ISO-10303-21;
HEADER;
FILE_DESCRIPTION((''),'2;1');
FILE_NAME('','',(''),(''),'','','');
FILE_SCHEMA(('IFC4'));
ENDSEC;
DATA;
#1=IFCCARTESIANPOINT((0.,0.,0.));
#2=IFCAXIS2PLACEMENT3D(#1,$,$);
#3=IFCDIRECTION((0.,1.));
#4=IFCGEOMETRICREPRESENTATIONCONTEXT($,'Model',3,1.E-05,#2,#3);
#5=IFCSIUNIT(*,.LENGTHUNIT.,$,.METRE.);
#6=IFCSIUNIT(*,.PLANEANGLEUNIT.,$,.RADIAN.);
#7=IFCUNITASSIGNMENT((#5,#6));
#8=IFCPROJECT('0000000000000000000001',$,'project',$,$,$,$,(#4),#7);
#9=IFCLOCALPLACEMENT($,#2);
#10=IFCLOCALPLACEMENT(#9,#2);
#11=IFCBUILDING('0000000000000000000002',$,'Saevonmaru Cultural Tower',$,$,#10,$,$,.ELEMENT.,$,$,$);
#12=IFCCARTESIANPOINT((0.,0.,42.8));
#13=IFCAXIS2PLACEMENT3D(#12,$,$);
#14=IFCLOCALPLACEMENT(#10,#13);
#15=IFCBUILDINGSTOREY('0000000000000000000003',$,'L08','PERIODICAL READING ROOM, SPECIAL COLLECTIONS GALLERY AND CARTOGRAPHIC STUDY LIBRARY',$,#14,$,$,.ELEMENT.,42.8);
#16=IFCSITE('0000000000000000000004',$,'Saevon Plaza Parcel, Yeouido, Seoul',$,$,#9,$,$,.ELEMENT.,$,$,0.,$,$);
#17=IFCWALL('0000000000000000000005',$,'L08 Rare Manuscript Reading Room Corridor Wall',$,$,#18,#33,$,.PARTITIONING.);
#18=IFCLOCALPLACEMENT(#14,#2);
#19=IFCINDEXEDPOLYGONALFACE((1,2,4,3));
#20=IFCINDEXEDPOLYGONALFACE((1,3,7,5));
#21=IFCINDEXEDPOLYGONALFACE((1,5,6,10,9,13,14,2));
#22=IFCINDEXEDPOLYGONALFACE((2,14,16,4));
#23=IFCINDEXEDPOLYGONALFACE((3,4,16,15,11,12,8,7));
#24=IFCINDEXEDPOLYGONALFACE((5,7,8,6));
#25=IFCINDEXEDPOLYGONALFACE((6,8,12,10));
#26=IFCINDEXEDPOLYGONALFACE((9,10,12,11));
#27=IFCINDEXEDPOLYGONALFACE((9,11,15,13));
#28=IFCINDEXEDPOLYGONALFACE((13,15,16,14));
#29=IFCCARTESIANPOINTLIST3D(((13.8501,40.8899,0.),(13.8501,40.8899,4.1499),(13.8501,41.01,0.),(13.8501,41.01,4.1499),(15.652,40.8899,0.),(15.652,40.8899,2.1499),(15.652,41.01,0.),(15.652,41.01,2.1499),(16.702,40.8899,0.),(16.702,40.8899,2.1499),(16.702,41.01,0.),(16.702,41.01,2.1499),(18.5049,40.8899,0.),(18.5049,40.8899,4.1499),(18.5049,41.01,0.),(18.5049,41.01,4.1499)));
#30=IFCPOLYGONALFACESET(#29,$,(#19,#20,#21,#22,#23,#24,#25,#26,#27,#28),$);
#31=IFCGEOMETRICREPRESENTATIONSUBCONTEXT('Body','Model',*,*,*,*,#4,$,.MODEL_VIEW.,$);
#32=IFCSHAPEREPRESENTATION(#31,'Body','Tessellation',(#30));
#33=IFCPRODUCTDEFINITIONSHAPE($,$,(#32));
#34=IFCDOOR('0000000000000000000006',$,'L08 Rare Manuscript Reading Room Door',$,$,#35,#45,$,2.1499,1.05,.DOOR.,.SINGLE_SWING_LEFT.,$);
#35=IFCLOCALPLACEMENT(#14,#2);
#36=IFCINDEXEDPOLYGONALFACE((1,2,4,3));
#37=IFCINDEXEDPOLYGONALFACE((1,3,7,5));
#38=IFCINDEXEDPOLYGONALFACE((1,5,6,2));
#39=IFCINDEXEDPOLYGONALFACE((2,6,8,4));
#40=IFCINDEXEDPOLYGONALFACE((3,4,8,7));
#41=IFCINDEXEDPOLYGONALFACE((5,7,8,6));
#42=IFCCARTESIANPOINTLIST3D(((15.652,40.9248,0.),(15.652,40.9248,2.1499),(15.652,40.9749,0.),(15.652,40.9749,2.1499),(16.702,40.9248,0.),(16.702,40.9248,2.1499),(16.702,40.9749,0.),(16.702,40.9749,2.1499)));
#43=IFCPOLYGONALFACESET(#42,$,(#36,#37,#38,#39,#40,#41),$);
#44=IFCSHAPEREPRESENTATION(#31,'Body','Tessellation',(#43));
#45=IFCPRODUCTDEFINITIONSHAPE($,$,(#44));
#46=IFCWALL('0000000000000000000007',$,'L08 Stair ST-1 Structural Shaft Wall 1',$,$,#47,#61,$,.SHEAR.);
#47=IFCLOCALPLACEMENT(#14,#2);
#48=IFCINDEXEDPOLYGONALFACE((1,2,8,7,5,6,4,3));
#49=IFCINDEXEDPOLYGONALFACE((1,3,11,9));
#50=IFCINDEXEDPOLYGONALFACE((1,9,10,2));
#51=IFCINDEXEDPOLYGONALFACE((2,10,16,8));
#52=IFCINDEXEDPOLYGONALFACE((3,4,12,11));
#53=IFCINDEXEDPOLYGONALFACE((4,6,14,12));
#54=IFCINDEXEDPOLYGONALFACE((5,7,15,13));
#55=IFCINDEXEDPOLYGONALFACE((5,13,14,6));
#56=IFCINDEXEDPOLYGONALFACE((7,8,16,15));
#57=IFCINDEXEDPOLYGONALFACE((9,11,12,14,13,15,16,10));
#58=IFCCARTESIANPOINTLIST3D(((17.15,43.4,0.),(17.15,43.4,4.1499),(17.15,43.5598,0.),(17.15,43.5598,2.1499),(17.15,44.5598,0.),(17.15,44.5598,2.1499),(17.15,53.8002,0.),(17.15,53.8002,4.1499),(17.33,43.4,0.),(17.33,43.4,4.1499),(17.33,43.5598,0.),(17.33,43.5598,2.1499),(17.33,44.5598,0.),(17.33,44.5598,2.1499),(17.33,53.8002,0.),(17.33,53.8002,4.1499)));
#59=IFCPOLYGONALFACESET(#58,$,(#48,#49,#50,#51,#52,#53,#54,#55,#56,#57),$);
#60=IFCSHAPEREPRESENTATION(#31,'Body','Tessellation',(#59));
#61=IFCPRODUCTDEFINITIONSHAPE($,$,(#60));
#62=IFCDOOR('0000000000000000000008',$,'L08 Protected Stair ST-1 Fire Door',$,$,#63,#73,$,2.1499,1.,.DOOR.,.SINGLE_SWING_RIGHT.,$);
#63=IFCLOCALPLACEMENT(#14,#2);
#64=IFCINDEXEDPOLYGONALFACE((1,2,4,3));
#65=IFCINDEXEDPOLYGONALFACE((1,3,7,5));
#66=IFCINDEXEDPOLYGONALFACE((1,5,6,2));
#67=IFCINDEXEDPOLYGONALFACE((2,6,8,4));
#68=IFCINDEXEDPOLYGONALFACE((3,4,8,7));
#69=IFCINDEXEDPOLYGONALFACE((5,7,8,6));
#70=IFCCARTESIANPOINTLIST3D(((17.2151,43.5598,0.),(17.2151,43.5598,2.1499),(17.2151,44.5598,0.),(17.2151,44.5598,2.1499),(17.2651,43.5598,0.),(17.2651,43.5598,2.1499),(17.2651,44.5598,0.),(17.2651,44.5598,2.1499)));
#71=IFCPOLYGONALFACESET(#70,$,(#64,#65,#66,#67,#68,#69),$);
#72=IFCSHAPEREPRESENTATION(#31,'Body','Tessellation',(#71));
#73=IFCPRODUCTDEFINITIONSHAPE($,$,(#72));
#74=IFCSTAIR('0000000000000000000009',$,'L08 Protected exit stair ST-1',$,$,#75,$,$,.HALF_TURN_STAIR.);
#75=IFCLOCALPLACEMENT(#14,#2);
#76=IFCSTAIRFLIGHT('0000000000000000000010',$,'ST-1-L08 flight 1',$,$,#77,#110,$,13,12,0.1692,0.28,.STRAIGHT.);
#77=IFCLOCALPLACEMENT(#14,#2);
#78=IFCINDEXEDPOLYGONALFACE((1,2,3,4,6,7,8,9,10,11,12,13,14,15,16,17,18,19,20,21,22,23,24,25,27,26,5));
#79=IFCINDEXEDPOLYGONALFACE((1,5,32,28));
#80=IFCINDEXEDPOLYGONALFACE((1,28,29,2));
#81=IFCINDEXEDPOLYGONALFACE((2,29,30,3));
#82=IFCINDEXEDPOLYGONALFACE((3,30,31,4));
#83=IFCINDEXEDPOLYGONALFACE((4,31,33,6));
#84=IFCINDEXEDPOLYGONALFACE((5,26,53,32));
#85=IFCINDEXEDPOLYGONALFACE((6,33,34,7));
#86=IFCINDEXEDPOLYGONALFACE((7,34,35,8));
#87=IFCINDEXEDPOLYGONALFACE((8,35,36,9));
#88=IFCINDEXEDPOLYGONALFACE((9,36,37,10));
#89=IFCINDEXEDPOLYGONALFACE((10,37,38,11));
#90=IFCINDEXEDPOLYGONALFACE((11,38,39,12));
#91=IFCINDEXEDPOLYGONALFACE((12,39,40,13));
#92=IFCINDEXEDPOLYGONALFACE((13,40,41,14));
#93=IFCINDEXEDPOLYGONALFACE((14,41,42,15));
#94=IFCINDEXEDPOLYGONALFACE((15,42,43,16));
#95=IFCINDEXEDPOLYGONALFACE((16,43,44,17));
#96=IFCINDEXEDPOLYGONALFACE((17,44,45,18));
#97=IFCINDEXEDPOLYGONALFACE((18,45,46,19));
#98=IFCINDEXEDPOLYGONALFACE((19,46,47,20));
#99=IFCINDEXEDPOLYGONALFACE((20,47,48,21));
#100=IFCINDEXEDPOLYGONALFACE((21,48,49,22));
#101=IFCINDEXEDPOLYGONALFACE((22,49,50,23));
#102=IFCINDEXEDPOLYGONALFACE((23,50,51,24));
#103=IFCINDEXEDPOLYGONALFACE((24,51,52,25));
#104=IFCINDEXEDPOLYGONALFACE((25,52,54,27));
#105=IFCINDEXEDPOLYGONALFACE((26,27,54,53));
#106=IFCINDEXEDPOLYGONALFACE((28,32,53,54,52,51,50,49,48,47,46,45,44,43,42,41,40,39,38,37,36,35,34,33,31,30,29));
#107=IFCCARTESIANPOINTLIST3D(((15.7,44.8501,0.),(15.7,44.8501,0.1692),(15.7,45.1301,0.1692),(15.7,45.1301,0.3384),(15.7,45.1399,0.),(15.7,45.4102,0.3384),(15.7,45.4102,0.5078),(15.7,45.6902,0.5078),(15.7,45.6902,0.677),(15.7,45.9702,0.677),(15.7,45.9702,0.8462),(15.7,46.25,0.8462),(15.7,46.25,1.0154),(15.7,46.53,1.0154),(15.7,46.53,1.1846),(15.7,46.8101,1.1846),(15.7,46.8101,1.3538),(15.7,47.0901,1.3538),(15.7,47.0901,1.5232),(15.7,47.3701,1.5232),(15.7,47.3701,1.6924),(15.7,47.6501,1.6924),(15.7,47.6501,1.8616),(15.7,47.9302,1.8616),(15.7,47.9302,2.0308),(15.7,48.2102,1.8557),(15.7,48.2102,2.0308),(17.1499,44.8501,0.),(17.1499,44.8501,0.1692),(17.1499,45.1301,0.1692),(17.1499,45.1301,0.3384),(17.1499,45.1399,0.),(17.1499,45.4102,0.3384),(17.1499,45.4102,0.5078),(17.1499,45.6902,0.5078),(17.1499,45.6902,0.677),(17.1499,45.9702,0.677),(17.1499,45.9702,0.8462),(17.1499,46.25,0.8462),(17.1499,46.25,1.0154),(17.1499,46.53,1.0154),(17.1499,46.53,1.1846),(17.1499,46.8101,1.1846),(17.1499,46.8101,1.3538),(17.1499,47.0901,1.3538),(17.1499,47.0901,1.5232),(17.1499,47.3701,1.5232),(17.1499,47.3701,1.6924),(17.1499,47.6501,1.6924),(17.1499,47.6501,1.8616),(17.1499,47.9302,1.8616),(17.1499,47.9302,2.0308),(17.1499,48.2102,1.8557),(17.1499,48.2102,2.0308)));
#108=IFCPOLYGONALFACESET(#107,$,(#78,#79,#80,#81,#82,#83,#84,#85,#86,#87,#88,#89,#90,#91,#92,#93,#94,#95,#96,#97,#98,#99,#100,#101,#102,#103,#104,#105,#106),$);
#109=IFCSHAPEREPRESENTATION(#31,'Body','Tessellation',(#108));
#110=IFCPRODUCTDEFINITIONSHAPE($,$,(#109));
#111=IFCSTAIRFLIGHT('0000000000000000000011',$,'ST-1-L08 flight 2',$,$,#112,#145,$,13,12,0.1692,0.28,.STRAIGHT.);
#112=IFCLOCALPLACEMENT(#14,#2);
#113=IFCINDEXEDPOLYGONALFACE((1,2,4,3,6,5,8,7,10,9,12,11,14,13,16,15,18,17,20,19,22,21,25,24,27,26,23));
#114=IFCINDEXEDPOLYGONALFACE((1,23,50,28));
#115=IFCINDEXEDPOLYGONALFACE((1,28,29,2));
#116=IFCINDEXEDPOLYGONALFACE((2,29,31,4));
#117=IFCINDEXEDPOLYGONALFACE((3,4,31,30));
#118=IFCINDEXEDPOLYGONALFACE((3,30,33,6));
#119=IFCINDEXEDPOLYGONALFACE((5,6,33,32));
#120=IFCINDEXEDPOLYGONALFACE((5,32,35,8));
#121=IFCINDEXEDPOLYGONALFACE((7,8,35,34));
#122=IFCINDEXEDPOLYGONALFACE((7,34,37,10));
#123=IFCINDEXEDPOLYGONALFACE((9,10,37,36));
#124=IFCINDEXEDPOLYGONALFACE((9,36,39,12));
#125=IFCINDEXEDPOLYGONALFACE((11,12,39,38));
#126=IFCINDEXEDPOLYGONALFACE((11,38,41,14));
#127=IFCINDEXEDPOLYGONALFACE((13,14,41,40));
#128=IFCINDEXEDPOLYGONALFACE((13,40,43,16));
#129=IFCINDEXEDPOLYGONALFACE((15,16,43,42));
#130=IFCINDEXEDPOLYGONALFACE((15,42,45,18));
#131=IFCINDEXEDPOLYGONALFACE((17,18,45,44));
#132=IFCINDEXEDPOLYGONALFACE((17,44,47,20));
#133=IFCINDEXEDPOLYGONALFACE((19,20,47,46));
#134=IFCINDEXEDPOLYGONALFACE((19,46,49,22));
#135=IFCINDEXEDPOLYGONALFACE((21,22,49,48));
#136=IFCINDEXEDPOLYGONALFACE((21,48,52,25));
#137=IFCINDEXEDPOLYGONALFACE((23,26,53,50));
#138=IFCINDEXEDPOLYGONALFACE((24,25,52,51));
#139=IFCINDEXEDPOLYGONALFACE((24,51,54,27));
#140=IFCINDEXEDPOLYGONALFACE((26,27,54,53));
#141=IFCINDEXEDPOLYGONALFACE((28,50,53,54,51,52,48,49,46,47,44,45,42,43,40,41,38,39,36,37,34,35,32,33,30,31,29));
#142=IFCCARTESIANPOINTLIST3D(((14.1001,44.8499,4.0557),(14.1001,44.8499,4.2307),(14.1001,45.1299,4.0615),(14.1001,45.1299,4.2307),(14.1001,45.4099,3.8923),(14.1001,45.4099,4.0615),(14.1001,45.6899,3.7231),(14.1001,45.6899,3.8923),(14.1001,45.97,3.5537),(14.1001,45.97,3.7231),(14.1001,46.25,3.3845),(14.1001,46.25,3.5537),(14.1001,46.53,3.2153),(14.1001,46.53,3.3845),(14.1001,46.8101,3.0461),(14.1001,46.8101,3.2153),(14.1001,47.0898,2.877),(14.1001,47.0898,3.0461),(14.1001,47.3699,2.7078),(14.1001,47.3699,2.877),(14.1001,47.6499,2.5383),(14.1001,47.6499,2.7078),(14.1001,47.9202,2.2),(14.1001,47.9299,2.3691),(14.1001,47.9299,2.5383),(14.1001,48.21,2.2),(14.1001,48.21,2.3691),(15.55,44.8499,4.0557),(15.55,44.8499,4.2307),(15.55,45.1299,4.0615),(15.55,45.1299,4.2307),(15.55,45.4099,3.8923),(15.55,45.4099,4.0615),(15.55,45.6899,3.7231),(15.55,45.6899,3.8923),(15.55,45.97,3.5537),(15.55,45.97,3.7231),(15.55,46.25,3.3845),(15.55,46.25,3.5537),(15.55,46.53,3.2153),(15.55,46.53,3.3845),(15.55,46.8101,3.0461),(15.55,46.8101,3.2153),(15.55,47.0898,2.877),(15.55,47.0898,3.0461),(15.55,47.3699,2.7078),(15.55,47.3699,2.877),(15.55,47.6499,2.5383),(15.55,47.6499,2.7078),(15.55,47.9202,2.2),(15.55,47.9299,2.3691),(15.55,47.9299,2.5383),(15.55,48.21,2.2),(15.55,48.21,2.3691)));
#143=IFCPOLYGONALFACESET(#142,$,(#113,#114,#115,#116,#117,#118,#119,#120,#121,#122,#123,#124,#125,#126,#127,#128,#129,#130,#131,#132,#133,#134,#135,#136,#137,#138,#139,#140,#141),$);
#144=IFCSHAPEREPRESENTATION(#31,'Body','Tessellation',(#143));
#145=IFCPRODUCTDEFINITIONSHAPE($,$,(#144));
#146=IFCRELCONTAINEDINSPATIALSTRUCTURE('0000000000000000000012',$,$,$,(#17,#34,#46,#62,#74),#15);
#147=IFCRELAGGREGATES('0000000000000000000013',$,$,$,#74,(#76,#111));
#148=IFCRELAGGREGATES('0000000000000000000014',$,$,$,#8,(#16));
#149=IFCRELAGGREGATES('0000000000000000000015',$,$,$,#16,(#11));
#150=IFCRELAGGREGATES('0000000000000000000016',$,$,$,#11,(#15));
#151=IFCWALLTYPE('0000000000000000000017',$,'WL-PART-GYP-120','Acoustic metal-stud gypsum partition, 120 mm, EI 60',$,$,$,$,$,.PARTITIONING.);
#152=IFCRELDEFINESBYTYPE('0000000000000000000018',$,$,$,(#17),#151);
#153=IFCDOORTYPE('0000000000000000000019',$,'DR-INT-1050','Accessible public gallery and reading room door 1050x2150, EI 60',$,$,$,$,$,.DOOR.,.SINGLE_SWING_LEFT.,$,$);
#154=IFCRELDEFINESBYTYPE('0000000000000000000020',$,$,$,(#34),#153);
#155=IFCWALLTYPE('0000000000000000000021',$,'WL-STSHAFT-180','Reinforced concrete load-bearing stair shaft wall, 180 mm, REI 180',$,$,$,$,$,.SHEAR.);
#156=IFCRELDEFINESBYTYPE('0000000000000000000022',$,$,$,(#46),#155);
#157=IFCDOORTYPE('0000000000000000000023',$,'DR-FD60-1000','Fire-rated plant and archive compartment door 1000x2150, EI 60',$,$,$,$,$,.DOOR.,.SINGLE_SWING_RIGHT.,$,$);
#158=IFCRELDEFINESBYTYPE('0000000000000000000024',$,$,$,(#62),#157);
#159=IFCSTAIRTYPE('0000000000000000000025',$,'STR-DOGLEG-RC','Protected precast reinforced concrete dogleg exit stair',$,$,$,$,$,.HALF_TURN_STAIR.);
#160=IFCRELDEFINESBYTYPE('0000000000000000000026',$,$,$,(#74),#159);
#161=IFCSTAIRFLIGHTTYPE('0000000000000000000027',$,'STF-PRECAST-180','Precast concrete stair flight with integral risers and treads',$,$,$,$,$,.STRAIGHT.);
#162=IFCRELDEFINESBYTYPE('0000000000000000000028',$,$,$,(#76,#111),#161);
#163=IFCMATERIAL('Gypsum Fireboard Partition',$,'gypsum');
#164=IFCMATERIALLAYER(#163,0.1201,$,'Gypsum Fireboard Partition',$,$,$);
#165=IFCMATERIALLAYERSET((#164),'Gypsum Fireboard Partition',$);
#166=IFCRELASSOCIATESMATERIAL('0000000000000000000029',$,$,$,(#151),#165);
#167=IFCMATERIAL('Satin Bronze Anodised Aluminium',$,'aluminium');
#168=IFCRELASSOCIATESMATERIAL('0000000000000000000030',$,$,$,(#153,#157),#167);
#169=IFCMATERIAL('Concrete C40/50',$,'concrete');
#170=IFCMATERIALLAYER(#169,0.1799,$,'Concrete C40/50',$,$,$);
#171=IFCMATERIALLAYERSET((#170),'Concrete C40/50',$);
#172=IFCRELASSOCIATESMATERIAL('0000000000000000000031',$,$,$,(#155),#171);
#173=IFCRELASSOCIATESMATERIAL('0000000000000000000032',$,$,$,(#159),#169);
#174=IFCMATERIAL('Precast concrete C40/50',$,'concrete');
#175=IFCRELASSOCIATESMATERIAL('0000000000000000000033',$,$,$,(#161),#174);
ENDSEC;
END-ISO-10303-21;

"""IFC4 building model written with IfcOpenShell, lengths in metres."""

from ifc_helpers import new_model, si_unit, direction, frame, frame_2d, origin, place, context, subcontext, project, spatial, polyline, rectangle, outline, extrude, material, layer, layer_set, type_object, element, fill, aggregate, save


model = new_model("IFC4")

# Units and contexts
model_context = context("Model", 3, precision=1e-05, world=origin(), true_north=direction((0.0, 1.0)))
body_context = subcontext(model_context, "Body", "Model", "MODEL_VIEW")
ifc_project = project(units=[si_unit("LENGTHUNIT", "METRE"), si_unit("PLANEANGLEUNIT", "RADIAN")], contexts=[model_context])

# Site, building, storey
site_placement = place(None, origin())
site = spatial("IfcSite", under=ifc_project, at=site_placement, Name="Saevon Plaza Parcel, Yeouido, Seoul", CompositionType="ELEMENT", RefElevation=0.0)
building_placement = place(site_placement, origin())
building = spatial("IfcBuilding", under=site, at=building_placement, Name="Saevonmaru Cultural Tower", CompositionType="ELEMENT")
storey_placement = place(building_placement, frame((0.0, 0.0, 42.8)))
storey = spatial("IfcBuildingStorey", under=building, at=storey_placement, Name="L08", Description="PERIODICAL READING ROOM, SPECIAL COLLECTIONS GALLERY AND CARTOGRAPHIC STUDY LIBRARY", CompositionType="ELEMENT", Elevation=42.8)

# Shared definitions
ifc_material_1 = material(Name="Satin Bronze Anodised Aluminium", Category="aluminium")

# Shared definitions
ifc_material_2 = material(Name="Gypsum Fireboard Partition", Category="gypsum")

# Shared definitions
ifc_layer_1 = layer(ifc_material_2, 0.1201, Name="Gypsum Fireboard Partition")
ifc_layer_set_1 = layer_set([ifc_layer_1], Name="Gypsum Fireboard Partition")
wall_type_1 = type_object("IfcWallType", Name="WL-PART-GYP-120", Description="Acoustic metal-stud gypsum partition, 120 mm, EI 60", PredefinedType="PARTITIONING", material=ifc_layer_set_1)

# Walls, openings, doors
wall_1_placement = place(storey_placement, frame((13.8501, 40.95, 0.0), z_axis=(0.0, 0.0, 1.0), x_axis=(1.0, 0.0, 0.0)))
wall_1 = element("IfcWall", 1, at=wall_1_placement, inside=storey, type_object=wall_type_1, Name="L08 Rare Manuscript Reading Room Corridor Wall", PredefinedType="PARTITIONING", context=body_context, shape_type="SweptSolid", body=[
    extrude(rectangle(XDim=4.6548, YDim=0.1201, at=frame_2d((2.3274, 0.0))), origin(), (0.0, 0.0, 1.0), 4.1499),
])
opening_1_placement = place(wall_1_placement, frame((1.802, 0.0, 0.0)))
opening_1 = element("IfcOpeningElement", 2, at=opening_1_placement, cuts=wall_1, PredefinedType="OPENING", context=body_context, shape_type="SweptSolid", body=[
    extrude(rectangle(XDim=1.05, YDim=2.1499, at=frame_2d((0.5249, 1.075))), frame((0.0, 0.0701, 0.0), z_axis=(0.0, -1.0, 0.0), x_axis=(1.0, 0.0, 0.0)), (0.0, 0.0, 1.0), 0.1401),
])
door_type_1 = type_object("IfcDoorType", Name="DR-INT-1050", Description="Accessible public gallery and reading room door 1050x2150, EI 60", OperationType="SINGLE_SWING_LEFT", PredefinedType="DOOR", material=ifc_material_1)
door_1_placement = place(opening_1_placement, origin())
door_1 = element("IfcDoor", 3, at=door_1_placement, inside=storey, type_object=door_type_1, Name="L08 Rare Manuscript Reading Room Door", OperationType="SINGLE_SWING_LEFT", OverallHeight=2.1499, OverallWidth=1.05, PredefinedType="DOOR", context=body_context, shape_type="SweptSolid", body=[
    extrude(rectangle(XDim=1.05, YDim=2.1499, at=frame_2d((0.5249, 1.075))), frame((0.0, 0.0249, 0.0), z_axis=(0.0, -1.0, 0.0), x_axis=(1.0, 0.0, 0.0)), (0.0, 0.0, 1.0), 0.05),
])
fill(opening_1, door_1)
ifc_material_3 = material(Name="Concrete C40/50", Category="concrete")
ifc_layer_2 = layer(ifc_material_3, 0.1799, Name="Concrete C40/50")
ifc_layer_set_2 = layer_set([ifc_layer_2], Name="Concrete C40/50")
wall_type_2 = type_object("IfcWallType", Name="WL-STSHAFT-180", Description="Reinforced concrete load-bearing stair shaft wall, 180 mm, REI 180", PredefinedType="SHEAR", material=ifc_layer_set_2)
wall_2_placement = place(storey_placement, frame((17.24, 43.3999, 0.0), z_axis=(0.0, 0.0, 1.0), x_axis=(0.0, 1.0, 0.0)))
wall_2 = element("IfcWall", 4, at=wall_2_placement, inside=storey, type_object=wall_type_2, Name="L08 Stair ST-1 Structural Shaft Wall 1", PredefinedType="SHEAR", context=body_context, shape_type="SweptSolid", body=[
    extrude(rectangle(XDim=10.4001, YDim=0.1799, at=frame_2d((5.2002, 0.0))), origin(), (0.0, 0.0, 1.0), 4.1499),
])
opening_2_placement = place(wall_2_placement, frame((0.1599, 0.0, 0.0)))
opening_2 = element("IfcOpeningElement", 5, at=opening_2_placement, cuts=wall_2, PredefinedType="OPENING", context=body_context, shape_type="SweptSolid", body=[
    extrude(rectangle(XDim=1.0, YDim=2.1499, at=frame_2d((0.5, 1.075))), frame((0.0, 0.1001, 0.0), z_axis=(0.0, -1.0, 0.0), x_axis=(1.0, 0.0, 0.0)), (0.0, 0.0, 1.0), 0.2),
])
door_type_2 = type_object("IfcDoorType", Name="DR-FD60-1000", Description="Fire-rated plant and archive compartment door 1000x2150, EI 60", OperationType="SINGLE_SWING_RIGHT", PredefinedType="DOOR", material=ifc_material_1)
door_2_placement = place(opening_2_placement, origin())
door_2 = element("IfcDoor", 6, at=door_2_placement, inside=storey, type_object=door_type_2, Name="L08 Protected Stair ST-1 Fire Door", OperationType="SINGLE_SWING_RIGHT", OverallHeight=2.1499, OverallWidth=1.0, PredefinedType="DOOR", context=body_context, shape_type="SweptSolid", body=[
    extrude(rectangle(XDim=1.0, YDim=2.1499, at=frame_2d((0.5, 1.075))), frame((0.0, 0.0249, 0.0), z_axis=(0.0, -1.0, 0.0), x_axis=(1.0, 0.0, 0.0)), (0.0, 0.0, 1.0), 0.05),
])
fill(opening_2, door_2)

# Stair, stair flights
stair_type = type_object("IfcStairType", Name="STR-DOGLEG-RC", Description="Protected precast reinforced concrete dogleg exit stair", PredefinedType="HALF_TURN_STAIR", material=ifc_material_3)
stair_placement = place(storey_placement, origin())
stair = element("IfcStair", 7, at=stair_placement, inside=storey, type_object=stair_type, Name="L08 Protected exit stair ST-1", PredefinedType="HALF_TURN_STAIR")
ifc_material_4 = material(Name="Precast concrete C40/50", Category="concrete")
stair_flight_type = type_object("IfcStairFlightType", Name="STF-PRECAST-180", Description="Precast concrete stair flight with integral risers and treads", PredefinedType="STRAIGHT", material=ifc_material_4)
stair_flight_1_placement = place(storey_placement, frame((16.425, 44.8501, 0.0), z_axis=(0.0, 0.0, 1.0), x_axis=(0.0, 1.0, 0.0)))
stair_flight_1 = element("IfcStairFlight", 8, at=stair_flight_1_placement, type_object=stair_flight_type, Name="ST-1-L08 flight 1", NumberOfRisers=13, NumberOfTreads=12, PredefinedType="STRAIGHT", RiserHeight=0.1692, TreadLength=0.28, context=body_context, shape_type="SweptSolid", body=[
    extrude(outline(polyline([(0.0, 0.0), (0.0, 0.1692), (0.28, 0.1692), (0.28, 0.3384), (0.5601, 0.3384), (0.5601, 0.5078), (0.8401, 0.5078), (0.8401, 0.677), (1.1201, 0.677), (1.1201, 0.8462), (1.3999, 0.8462), (1.3999, 1.0154), (1.6799, 1.0154), (1.6799, 1.1846), (1.96, 1.1846), (1.96, 1.3538), (2.24, 1.3538), (2.24, 1.5232), (2.52, 1.5232), (2.52, 1.6924), (2.8, 1.6924), (2.8, 1.8616), (3.0801, 1.8616), (3.0801, 2.0308), (3.3601, 2.0308), (3.3601, 2.2), (3.3601, 1.8557), (0.2898, 0.0), (0.0, 0.0)])), frame((0.0, 0.7251, 0.0), z_axis=(0.0, -1.0, 0.0), x_axis=(1.0, 0.0, 0.0)), (0.0, 0.0, 1.0), 1.45),
])
stair_flight_2_placement = place(storey_placement, frame((14.825, 48.21, 2.2), z_axis=(0.0, 0.0, 1.0), x_axis=(0.0, -1.0, 0.0)))
stair_flight_2 = element("IfcStairFlight", 9, at=stair_flight_2_placement, type_object=stair_flight_type, Name="ST-1-L08 flight 2", NumberOfRisers=13, NumberOfTreads=12, PredefinedType="STRAIGHT", RiserHeight=0.1692, TreadLength=0.28, context=body_context, shape_type="SweptSolid", body=[
    extrude(outline(polyline([(0.0, 0.0), (0.0, 0.1692), (0.28, 0.1692), (0.28, 0.3384), (0.5601, 0.3384), (0.5601, 0.5078), (0.8401, 0.5078), (0.8401, 0.677), (1.1201, 0.677), (1.1201, 0.8462), (1.3999, 0.8462), (1.3999, 1.0154), (1.6799, 1.0154), (1.6799, 1.1846), (1.96, 1.1846), (1.96, 1.3538), (2.24, 1.3538), (2.24, 1.5232), (2.52, 1.5232), (2.52, 1.6924), (2.8, 1.6924), (2.8, 1.8616), (3.0801, 1.8616), (3.0801, 2.0308), (3.3601, 2.0308), (3.3601, 2.2), (3.3601, 1.8557), (0.2898, 0.0), (0.0, 0.0)])), frame((0.0, 0.7251, 0.0), z_axis=(0.0, -1.0, 0.0), x_axis=(1.0, 0.0, 0.0)), (0.0, 0.0, 1.0), 1.45),
])
aggregate(stair, [stair_flight_1, stair_flight_2])

save(model, "model.ifc")
